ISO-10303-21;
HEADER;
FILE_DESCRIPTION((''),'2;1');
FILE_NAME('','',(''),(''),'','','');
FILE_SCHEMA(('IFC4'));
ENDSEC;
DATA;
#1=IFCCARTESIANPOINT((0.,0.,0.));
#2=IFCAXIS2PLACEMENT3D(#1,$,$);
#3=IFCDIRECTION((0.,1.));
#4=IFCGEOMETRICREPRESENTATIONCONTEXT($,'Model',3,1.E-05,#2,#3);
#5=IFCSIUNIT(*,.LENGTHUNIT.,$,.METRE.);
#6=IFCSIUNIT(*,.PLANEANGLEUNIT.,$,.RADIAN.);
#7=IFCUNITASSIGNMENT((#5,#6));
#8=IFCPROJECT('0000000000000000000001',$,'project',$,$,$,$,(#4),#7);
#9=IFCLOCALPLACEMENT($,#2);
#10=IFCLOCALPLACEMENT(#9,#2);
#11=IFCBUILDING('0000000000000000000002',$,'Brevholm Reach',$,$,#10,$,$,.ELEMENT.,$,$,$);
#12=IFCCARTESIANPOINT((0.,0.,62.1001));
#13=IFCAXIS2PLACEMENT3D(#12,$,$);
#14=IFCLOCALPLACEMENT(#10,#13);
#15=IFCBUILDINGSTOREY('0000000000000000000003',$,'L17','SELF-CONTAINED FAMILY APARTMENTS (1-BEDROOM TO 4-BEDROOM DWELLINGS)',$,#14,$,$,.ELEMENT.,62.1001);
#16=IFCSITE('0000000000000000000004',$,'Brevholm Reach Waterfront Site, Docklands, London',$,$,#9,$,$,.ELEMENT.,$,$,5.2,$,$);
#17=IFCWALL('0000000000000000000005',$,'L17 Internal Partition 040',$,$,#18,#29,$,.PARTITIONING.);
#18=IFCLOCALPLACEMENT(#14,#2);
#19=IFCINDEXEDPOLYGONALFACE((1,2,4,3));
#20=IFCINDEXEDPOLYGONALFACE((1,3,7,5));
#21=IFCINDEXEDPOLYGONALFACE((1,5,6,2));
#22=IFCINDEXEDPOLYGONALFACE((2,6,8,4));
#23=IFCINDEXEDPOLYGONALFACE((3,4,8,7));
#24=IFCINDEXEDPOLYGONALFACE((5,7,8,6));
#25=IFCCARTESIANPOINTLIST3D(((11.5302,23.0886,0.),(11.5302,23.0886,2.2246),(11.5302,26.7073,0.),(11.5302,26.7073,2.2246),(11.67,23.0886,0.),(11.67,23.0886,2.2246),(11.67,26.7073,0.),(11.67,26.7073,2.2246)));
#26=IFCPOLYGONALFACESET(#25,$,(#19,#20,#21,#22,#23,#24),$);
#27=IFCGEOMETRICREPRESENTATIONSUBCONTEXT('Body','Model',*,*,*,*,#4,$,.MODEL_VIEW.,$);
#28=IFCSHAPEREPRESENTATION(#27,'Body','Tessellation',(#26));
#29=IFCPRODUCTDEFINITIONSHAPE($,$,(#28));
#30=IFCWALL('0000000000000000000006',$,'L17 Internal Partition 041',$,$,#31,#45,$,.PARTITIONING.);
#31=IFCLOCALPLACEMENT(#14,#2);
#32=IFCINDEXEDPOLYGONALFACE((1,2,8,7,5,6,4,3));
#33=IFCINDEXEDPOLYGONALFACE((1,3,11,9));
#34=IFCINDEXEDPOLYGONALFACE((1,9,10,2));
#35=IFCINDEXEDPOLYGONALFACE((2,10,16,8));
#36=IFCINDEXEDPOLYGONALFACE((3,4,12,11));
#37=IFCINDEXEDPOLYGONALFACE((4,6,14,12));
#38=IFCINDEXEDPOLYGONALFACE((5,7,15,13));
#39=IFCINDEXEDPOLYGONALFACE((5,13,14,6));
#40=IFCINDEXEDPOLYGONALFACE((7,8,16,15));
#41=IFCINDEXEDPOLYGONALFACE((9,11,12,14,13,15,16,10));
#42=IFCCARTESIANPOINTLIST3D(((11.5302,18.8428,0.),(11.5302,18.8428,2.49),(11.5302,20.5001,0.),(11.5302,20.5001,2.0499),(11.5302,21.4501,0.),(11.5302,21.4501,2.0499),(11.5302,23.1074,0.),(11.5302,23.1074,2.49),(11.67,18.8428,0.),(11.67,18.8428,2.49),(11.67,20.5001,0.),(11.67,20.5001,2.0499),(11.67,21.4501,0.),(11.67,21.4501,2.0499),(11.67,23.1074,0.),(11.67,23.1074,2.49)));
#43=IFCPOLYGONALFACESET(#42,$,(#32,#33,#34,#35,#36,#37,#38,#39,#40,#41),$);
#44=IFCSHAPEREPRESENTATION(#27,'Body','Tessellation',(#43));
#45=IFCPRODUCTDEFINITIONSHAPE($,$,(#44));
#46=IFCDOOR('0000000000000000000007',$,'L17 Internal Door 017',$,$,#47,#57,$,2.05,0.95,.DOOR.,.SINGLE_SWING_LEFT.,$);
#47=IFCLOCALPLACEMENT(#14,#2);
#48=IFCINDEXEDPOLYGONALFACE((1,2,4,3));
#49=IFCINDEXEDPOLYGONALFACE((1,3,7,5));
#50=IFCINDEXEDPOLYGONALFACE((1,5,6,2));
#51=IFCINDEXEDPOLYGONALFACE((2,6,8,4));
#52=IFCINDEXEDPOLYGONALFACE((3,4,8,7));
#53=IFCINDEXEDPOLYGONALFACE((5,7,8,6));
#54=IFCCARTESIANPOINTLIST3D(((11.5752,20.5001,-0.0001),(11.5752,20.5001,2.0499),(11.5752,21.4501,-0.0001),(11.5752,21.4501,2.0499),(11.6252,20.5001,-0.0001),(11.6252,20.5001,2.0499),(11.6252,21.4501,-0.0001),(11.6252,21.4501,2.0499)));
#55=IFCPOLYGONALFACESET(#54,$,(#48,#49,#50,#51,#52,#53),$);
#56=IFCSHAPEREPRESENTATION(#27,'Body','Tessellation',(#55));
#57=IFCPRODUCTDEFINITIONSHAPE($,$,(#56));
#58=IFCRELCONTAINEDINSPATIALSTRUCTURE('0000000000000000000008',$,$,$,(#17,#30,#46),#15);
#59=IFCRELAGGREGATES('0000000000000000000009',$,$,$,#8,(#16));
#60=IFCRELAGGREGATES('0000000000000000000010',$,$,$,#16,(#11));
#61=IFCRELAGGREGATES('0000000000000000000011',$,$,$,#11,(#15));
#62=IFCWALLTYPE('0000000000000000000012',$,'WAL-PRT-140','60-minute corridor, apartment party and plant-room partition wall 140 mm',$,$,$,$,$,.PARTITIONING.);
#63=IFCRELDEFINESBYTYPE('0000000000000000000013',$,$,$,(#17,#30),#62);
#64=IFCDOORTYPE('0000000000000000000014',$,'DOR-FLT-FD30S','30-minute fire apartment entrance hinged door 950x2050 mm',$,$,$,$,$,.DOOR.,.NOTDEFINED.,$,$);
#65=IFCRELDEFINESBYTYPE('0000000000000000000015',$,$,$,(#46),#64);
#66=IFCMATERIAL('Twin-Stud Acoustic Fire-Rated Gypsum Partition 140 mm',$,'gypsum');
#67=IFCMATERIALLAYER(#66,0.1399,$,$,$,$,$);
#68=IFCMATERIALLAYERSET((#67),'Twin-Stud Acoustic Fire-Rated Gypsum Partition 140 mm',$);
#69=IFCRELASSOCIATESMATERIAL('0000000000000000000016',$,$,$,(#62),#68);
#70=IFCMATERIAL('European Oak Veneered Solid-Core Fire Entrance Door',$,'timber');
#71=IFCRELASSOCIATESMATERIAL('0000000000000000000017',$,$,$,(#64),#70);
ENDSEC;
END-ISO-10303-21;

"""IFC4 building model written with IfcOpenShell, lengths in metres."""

from ifc_helpers import new_model, si_unit, direction, frame, frame_2d, origin, place, context, subcontext, project, spatial, rectangle, extrude, material, layer, layer_set, type_object, element, fill, save


model = new_model("IFC4")

# Units and contexts
model_context = context("Model", 3, precision=1e-05, world=origin(), true_north=direction((0.0, 1.0)))
body_context = subcontext(model_context, "Body", "Model", "MODEL_VIEW")
ifc_project = project(units=[si_unit("LENGTHUNIT", "METRE"), si_unit("PLANEANGLEUNIT", "RADIAN")], contexts=[model_context])

# Site, building, storey
site_placement = place(None, origin())
site = spatial("IfcSite", under=ifc_project, at=site_placement, Name="Brevholm Reach Waterfront Site, Docklands, London", CompositionType="ELEMENT", RefElevation=5.2)
building_placement = place(site_placement, origin())
building = spatial("IfcBuilding", under=site, at=building_placement, Name="Brevholm Reach", CompositionType="ELEMENT")
storey_placement = place(building_placement, frame((0.0, 0.0, 62.1001)))
storey = spatial("IfcBuildingStorey", under=building, at=storey_placement, Name="L17", Description="SELF-CONTAINED FAMILY APARTMENTS (1-BEDROOM TO 4-BEDROOM DWELLINGS)", CompositionType="ELEMENT", Elevation=62.1001)

# Wall
ifc_material_1 = material(Name="Twin-Stud Acoustic Fire-Rated Gypsum Partition 140 mm", Category="gypsum")
ifc_layer_1 = layer(ifc_material_1, 0.1399)
ifc_layer_set_1 = layer_set([ifc_layer_1], Name="Twin-Stud Acoustic Fire-Rated Gypsum Partition 140 mm")
wall_type_1 = type_object("IfcWallType", Name="WAL-PRT-140", Description="60-minute corridor, apartment party and plant-room partition wall 140 mm", PredefinedType="PARTITIONING", material=ifc_layer_set_1)
wall_1_placement = place(storey_placement, frame((11.6001, 23.0886, 0.0), z_axis=(0.0, 0.0, 1.0), x_axis=(0.0, 1.0, 0.0)))
element("IfcWall", 1, at=wall_1_placement, inside=storey, type_object=wall_type_1, Name="L17 Internal Partition 040", PredefinedType="PARTITIONING", context=body_context, shape_type="SweptSolid", body=[
    extrude(rectangle(XDim=3.6187, YDim=0.1399, at=frame_2d((1.8093, 0.0))), origin(), (0.0, 0.0, 1.0), 2.2246),
])

# Wall, opening, door
wall_2_placement = place(storey_placement, frame((11.6001, 18.8428, 0.0), z_axis=(0.0, 0.0, 1.0), x_axis=(0.0, 1.0, 0.0)))
wall_2 = element("IfcWall", 2, at=wall_2_placement, inside=storey, type_object=wall_type_1, Name="L17 Internal Partition 041", PredefinedType="PARTITIONING", context=body_context, shape_type="SweptSolid", body=[
    extrude(rectangle(XDim=4.2646, YDim=0.1399, at=frame_2d((2.1323, 0.0))), origin(), (0.0, 0.0, 1.0), 2.49),
])
opening_1_placement = place(wall_2_placement, frame((1.6572, 0.0, 0.0)))
opening_1 = element("IfcOpeningElement", 3, at=opening_1_placement, cuts=wall_2, PredefinedType="OPENING", context=body_context, shape_type="SweptSolid", body=[
    extrude(rectangle(XDim=0.95, YDim=2.05, at=frame_2d((0.4751, 1.0249))), frame((0.0, 0.0798, 0.0), z_axis=(0.0, -1.0, 0.0), x_axis=(1.0, 0.0, 0.0)), (0.0, 0.0, 1.0), 0.1599),
])
ifc_material_2 = material(Name="European Oak Veneered Solid-Core Fire Entrance Door", Category="timber")
door_type_1 = type_object("IfcDoorType", Name="DOR-FLT-FD30S", Description="30-minute fire apartment entrance hinged door 950x2050 mm", OperationType="NOTDEFINED", PredefinedType="DOOR", material=ifc_material_2)
door_1_placement = place(opening_1_placement, origin())
door_1 = element("IfcDoor", 4, at=door_1_placement, inside=storey, type_object=door_type_1, Name="L17 Internal Door 017", OperationType="SINGLE_SWING_LEFT", OverallHeight=2.05, OverallWidth=0.95, PredefinedType="DOOR", context=body_context, shape_type="SweptSolid", body=[
    extrude(rectangle(XDim=0.95, YDim=2.05, at=frame_2d((0.4751, 1.0249))), frame((0.0, 0.0249, 0.0), z_axis=(0.0, -1.0, 0.0), x_axis=(1.0, 0.0, 0.0)), (0.0, 0.0, 1.0), 0.05),
])
fill(opening_1, door_1)

save(model, "model.ifc")
